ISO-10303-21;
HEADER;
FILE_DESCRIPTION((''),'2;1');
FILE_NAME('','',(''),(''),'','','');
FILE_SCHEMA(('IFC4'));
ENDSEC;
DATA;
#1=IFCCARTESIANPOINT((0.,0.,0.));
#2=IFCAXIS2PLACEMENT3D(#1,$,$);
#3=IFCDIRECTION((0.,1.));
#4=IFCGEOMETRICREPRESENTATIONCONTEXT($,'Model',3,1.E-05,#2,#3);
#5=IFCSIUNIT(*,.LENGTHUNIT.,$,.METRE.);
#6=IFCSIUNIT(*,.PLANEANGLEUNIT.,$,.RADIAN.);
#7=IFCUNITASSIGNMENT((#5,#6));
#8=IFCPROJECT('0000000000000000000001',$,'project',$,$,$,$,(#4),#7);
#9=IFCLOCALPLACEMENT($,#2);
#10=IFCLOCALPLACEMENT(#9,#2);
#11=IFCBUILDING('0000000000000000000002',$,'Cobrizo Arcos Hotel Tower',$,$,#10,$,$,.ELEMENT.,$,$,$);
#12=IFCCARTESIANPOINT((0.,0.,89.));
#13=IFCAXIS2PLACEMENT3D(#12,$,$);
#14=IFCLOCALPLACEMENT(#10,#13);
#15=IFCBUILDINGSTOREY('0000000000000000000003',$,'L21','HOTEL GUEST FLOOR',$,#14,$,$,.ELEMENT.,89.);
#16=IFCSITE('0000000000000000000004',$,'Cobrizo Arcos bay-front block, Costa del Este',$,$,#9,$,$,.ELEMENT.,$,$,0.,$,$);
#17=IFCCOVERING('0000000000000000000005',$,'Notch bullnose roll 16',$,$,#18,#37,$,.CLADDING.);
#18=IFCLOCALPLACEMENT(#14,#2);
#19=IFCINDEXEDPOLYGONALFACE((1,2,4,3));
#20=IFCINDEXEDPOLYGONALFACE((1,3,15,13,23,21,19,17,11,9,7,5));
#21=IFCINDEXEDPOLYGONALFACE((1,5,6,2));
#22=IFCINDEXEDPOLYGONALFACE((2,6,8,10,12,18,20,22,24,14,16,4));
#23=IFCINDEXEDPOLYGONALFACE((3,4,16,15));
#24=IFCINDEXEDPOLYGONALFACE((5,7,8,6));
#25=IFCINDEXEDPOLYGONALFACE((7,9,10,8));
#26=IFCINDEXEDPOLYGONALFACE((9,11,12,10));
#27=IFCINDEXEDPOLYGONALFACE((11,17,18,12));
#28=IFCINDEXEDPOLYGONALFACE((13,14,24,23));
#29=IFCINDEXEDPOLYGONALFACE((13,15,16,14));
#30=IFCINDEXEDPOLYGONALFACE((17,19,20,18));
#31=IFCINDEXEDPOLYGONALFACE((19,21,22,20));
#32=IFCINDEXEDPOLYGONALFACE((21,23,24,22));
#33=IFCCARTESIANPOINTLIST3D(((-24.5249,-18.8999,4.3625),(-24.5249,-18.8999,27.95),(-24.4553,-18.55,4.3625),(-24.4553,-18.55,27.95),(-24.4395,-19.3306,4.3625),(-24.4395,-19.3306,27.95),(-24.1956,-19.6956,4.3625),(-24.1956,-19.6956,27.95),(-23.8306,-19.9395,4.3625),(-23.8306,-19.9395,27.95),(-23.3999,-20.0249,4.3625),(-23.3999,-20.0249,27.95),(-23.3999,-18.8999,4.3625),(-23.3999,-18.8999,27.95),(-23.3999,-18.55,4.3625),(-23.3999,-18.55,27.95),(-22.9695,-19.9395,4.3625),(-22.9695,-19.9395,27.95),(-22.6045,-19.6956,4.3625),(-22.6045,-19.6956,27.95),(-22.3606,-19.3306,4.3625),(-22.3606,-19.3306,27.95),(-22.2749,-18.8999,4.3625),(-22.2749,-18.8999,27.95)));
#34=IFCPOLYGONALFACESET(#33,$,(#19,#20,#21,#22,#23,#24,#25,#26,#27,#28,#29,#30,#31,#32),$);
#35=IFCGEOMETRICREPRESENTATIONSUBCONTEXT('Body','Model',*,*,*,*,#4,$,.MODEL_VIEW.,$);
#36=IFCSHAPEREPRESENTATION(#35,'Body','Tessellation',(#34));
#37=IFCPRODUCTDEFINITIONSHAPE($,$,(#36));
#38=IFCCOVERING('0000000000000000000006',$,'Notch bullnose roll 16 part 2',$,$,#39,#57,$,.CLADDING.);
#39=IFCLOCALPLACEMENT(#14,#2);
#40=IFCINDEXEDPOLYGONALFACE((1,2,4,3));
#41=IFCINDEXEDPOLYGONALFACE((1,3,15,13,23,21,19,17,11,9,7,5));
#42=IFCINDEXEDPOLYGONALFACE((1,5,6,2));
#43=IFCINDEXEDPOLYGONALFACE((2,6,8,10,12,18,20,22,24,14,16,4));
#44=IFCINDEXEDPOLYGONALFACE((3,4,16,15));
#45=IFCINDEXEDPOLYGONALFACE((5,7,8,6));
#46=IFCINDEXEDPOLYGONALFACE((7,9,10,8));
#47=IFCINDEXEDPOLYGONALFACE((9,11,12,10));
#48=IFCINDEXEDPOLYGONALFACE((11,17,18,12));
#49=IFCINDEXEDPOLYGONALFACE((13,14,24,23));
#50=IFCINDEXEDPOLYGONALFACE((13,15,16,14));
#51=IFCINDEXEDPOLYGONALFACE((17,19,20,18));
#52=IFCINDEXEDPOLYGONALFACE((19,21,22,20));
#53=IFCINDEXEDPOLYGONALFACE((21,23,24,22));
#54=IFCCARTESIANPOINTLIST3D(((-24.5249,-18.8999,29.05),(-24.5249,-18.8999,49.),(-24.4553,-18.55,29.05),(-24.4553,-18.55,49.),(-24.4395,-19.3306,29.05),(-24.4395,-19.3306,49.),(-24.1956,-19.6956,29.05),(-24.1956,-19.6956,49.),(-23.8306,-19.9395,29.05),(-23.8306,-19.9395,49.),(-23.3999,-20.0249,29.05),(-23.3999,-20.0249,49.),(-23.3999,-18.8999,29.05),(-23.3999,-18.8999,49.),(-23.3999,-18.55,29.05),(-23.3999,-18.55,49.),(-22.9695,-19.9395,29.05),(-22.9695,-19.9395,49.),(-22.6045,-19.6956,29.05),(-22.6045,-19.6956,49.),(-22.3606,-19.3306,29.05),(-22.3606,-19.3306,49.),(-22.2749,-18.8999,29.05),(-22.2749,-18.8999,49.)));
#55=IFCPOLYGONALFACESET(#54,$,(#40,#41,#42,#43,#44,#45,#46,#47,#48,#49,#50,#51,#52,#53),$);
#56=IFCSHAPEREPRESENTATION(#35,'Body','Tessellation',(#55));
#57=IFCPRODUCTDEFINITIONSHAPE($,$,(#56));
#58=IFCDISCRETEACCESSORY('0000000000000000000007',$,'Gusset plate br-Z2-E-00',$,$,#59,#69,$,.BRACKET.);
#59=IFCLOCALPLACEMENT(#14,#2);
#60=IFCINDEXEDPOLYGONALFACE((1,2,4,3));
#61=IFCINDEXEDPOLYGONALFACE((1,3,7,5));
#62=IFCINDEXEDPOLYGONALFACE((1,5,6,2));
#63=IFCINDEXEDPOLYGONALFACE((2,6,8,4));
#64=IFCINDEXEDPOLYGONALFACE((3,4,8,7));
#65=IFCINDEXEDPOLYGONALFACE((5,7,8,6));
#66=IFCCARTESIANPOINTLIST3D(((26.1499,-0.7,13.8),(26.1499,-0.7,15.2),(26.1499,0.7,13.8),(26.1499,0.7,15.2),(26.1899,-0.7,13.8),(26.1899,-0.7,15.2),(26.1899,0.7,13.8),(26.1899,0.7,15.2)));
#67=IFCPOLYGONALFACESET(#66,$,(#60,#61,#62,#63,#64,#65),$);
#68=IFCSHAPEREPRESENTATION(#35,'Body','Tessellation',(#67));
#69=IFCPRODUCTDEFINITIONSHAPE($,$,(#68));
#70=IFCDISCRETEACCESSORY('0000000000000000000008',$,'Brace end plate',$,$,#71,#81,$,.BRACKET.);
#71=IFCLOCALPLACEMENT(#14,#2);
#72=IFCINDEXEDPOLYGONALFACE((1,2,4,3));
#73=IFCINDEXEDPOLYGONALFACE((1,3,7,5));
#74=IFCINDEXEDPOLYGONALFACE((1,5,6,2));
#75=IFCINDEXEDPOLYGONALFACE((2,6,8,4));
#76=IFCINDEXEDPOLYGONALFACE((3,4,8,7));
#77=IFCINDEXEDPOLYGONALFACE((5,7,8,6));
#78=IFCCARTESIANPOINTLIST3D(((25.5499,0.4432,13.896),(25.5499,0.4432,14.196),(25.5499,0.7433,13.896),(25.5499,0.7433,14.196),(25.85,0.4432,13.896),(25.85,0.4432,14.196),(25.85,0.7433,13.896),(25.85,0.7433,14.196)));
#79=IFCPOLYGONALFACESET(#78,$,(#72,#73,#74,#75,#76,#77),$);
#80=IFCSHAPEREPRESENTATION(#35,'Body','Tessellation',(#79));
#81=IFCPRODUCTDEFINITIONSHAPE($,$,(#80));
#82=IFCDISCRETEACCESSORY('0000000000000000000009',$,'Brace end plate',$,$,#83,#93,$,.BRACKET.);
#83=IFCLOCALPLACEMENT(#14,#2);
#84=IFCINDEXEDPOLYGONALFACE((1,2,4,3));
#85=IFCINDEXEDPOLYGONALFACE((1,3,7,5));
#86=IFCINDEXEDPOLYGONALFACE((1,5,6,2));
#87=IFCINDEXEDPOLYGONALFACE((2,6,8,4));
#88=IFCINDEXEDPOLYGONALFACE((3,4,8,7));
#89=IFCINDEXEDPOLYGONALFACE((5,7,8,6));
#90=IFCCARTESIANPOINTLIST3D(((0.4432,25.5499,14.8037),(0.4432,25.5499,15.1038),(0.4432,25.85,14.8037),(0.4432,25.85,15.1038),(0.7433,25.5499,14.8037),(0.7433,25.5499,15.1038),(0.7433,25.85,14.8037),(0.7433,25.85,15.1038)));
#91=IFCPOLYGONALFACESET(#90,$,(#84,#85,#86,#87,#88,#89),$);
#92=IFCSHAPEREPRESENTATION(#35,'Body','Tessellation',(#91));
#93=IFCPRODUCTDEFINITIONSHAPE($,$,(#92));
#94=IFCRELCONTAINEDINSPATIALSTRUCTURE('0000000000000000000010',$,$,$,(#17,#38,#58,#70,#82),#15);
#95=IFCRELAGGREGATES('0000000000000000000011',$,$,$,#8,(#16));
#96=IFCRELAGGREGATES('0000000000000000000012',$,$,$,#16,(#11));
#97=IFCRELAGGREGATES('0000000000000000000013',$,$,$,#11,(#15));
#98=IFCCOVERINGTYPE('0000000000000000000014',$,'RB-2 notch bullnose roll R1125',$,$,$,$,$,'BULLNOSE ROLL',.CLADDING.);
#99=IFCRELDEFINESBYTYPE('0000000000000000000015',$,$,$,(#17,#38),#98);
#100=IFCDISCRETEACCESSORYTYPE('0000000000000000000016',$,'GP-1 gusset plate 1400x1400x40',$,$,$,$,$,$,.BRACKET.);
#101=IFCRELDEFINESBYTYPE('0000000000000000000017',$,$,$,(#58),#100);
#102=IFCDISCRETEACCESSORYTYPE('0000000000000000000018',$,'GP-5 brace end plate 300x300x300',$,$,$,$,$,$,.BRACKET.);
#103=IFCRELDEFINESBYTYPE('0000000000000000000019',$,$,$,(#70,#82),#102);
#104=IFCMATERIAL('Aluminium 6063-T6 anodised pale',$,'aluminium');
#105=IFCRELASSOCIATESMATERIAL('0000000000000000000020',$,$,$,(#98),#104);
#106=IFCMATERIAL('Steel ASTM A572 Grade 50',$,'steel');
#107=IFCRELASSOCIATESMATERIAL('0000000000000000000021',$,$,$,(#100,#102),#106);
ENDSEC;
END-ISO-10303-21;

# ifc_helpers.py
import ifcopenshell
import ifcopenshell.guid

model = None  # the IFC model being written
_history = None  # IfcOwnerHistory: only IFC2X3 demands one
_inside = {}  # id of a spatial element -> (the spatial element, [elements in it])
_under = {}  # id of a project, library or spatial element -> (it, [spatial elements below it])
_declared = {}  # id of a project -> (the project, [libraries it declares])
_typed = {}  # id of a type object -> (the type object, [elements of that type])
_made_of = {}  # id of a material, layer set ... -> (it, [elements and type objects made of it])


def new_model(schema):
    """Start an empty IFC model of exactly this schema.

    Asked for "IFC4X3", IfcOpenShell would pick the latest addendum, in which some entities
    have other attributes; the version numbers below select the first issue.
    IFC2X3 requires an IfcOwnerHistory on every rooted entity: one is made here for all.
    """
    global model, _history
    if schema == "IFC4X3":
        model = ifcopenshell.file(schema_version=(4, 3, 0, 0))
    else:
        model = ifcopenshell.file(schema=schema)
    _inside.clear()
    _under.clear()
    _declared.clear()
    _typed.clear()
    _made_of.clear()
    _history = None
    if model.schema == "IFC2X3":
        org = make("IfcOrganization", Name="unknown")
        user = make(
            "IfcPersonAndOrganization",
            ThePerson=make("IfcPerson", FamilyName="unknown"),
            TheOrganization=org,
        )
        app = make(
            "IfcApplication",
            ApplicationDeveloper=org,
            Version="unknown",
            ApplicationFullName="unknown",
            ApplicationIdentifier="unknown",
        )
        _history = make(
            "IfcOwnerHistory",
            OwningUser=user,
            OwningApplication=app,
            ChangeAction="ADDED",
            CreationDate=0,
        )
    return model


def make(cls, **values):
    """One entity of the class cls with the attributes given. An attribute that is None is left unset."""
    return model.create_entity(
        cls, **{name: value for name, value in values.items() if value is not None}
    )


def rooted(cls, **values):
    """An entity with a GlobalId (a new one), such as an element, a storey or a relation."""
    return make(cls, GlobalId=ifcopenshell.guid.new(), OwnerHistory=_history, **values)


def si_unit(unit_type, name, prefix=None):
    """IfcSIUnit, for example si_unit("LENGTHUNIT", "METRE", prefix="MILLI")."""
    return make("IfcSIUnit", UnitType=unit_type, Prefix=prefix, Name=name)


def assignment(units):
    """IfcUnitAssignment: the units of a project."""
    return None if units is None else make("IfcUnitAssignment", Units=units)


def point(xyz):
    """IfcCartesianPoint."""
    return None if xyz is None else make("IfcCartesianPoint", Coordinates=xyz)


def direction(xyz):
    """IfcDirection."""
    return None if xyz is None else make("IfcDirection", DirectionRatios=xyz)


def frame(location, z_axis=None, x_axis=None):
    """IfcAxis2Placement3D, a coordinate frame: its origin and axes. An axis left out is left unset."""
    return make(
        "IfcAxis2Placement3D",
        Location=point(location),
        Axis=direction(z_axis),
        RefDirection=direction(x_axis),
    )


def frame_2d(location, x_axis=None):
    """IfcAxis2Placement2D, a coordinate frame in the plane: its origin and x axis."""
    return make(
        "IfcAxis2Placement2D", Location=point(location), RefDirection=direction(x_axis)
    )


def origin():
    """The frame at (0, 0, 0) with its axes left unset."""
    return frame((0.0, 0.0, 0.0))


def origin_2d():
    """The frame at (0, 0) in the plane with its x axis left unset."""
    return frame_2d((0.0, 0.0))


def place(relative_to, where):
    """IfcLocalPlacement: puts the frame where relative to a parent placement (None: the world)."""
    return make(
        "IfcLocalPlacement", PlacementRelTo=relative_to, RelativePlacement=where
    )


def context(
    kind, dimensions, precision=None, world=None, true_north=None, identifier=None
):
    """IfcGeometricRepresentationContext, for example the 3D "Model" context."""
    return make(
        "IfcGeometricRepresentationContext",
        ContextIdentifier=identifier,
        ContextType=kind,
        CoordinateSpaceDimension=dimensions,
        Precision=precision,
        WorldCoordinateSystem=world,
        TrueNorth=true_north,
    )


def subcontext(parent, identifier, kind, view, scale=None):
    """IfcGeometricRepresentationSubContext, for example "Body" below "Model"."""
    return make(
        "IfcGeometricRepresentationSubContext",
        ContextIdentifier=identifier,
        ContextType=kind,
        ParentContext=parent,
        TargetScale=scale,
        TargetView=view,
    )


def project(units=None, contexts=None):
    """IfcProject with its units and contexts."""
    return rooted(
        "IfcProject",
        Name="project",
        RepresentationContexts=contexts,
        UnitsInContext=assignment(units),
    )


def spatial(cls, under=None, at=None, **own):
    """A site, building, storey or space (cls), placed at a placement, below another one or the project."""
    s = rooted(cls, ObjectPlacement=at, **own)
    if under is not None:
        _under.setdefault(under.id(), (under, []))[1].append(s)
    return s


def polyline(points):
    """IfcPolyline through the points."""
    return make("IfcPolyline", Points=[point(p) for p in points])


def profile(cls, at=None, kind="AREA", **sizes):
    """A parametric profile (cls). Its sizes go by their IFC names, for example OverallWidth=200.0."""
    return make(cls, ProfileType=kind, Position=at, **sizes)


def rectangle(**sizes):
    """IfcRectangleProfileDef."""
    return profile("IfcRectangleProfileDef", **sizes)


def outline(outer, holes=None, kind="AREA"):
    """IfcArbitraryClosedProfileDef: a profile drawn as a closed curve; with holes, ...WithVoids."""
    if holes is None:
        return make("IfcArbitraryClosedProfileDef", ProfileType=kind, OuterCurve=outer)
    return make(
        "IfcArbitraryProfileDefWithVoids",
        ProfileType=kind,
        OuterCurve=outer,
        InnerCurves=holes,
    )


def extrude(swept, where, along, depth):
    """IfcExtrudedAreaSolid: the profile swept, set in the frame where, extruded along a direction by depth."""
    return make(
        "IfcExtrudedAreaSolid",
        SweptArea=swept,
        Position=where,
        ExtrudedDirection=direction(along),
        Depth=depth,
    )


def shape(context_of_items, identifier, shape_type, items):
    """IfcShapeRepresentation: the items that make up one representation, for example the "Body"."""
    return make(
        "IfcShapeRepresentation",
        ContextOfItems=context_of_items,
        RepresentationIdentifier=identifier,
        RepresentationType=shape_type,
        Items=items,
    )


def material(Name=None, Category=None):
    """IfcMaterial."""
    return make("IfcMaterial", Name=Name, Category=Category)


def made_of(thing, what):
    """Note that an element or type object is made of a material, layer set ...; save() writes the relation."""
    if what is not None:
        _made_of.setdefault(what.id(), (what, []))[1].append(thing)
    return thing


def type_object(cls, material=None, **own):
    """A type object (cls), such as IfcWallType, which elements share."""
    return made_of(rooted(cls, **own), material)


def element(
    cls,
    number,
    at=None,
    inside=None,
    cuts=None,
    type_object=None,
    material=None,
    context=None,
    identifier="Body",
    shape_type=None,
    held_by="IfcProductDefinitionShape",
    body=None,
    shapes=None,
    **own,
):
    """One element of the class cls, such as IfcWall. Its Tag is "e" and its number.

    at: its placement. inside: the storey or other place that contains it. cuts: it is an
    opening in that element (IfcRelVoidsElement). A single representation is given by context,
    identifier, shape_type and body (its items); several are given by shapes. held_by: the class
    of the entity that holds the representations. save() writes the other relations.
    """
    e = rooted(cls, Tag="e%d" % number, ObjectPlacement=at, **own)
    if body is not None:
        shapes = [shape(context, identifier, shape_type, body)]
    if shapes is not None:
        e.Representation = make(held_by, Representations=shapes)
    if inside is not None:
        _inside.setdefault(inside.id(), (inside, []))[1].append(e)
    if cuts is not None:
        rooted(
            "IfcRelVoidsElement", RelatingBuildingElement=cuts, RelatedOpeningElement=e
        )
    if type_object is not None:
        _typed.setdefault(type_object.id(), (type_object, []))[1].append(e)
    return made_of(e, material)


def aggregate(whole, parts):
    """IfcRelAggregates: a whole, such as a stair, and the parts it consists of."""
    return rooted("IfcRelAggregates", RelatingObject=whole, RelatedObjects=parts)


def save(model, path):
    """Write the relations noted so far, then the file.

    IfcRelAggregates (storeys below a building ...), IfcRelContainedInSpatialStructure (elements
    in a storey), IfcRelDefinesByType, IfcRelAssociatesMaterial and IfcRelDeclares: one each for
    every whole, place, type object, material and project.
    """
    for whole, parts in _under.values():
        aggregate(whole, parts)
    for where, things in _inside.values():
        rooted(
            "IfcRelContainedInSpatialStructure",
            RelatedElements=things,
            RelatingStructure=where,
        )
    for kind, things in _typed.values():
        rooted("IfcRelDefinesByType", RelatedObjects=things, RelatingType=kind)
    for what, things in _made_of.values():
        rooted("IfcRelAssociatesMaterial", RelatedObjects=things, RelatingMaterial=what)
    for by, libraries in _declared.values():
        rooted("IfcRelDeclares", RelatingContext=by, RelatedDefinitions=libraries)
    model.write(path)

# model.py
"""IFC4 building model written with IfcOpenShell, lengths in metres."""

from ifc_helpers import new_model, si_unit, direction, frame, origin, origin_2d, place, context, subcontext, project, spatial, polyline, rectangle, outline, extrude, material, type_object, element, save


model = new_model("IFC4")

# Units and contexts
model_context = context("Model", 3, precision=1e-05, world=origin(), true_north=direction((0.0, 1.0)))
body_context = subcontext(model_context, "Body", "Model", "MODEL_VIEW")
ifc_project = project(units=[si_unit("LENGTHUNIT", "METRE"), si_unit("PLANEANGLEUNIT", "RADIAN")], contexts=[model_context])

# Site, building, storey
site_placement = place(None, origin())
site = spatial("IfcSite", under=ifc_project, at=site_placement, Name="Cobrizo Arcos bay-front block, Costa del Este", CompositionType="ELEMENT", RefElevation=0.0)
building_placement = place(site_placement, origin())
building = spatial("IfcBuilding", under=site, at=building_placement, Name="Cobrizo Arcos Hotel Tower", CompositionType="ELEMENT")
storey_placement = place(building_placement, frame((0.0, 0.0, 89.0)))
storey = spatial("IfcBuildingStorey", under=building, at=storey_placement, Name="L21", Description="HOTEL GUEST FLOOR", CompositionType="ELEMENT", Elevation=89.0)

# Shared definitions
ifc_material_1 = material(Name="Steel ASTM A572 Grade 50", Category="steel")

# Coverings
ifc_material_2 = material(Name="Aluminium 6063-T6 anodised pale", Category="aluminium")
covering_type = type_object("IfcCoveringType", Name="RB-2 notch bullnose roll R1125", ElementType="BULLNOSE ROLL", PredefinedType="CLADDING", material=ifc_material_2)
covering_1_placement = place(storey_placement, frame((0.0, 0.0, 4.3625)))
element("IfcCovering", 1, at=covering_1_placement, inside=storey, type_object=covering_type, Name="Notch bullnose roll 16", PredefinedType="CLADDING", context=body_context, shape_type="SweptSolid", body=[
    extrude(outline(polyline([(-22.6045, -19.6956), (-22.3606, -19.3306), (-22.2749, -18.8999), (-23.3999, -18.8999), (-23.3999, -18.55), (-24.4553, -18.55), (-24.5249, -18.8999), (-24.4395, -19.3306), (-24.1956, -19.6956), (-23.8306, -19.9395), (-23.3999, -20.0249), (-22.9695, -19.9395), (-22.6045, -19.6956)])), origin(), (0.0, 0.0, 1.0), 23.5874),
])
covering_2_placement = place(storey_placement, frame((0.0, 0.0, 29.05)))
element("IfcCovering", 2, at=covering_2_placement, inside=storey, type_object=covering_type, Name="Notch bullnose roll 16 part 2", PredefinedType="CLADDING", context=body_context, shape_type="SweptSolid", body=[
    extrude(outline(polyline([(-22.6045, -19.6956), (-22.3606, -19.3306), (-22.2749, -18.8999), (-23.3999, -18.8999), (-23.3999, -18.55), (-24.4553, -18.55), (-24.5249, -18.8999), (-24.4395, -19.3306), (-24.1956, -19.6956), (-23.8306, -19.9395), (-23.3999, -20.0249), (-22.9695, -19.9395), (-22.6045, -19.6956)])), origin(), (0.0, 0.0, 1.0), 19.95),
])

# Discrete accessories
discrete_accessory_type_1 = type_object("IfcDiscreteAccessoryType", Name="GP-1 gusset plate 1400x1400x40", PredefinedType="BRACKET", material=ifc_material_1)
discrete_accessory_placement = place(storey_placement, frame((26.1699, 0.0, 13.8), z_axis=(0.0, 0.0, 1.0), x_axis=(1.0, 0.0, 0.0)))
element("IfcDiscreteAccessory", 3, at=discrete_accessory_placement, inside=storey, type_object=discrete_accessory_type_1, Name="Gusset plate br-Z2-E-00", PredefinedType="BRACKET", context=body_context, shape_type="SweptSolid", body=[
    extrude(rectangle(XDim=0.04, YDim=1.3999, at=origin_2d()), origin(), (0.0, 0.0, 1.0), 1.3999),
])
discrete_accessory_type_2 = type_object("IfcDiscreteAccessoryType", Name="GP-5 brace end plate 300x300x300", PredefinedType="BRACKET", material=ifc_material_1)
for number, where, z_axis, x_axis, name in (
    (4, (25.7, 0.5933, 13.896), (0.0, 0.0, 1.0), (1.0, 0.0, 0.0), "Brace end plate"),
    (5, (0.5933, 25.7, 14.8037), (0.0, 0.0, 1.0), (1.0, 0.0, 0.0), "Brace end plate"),
):
    element("IfcDiscreteAccessory", number, at=place(storey_placement, frame(where, z_axis=z_axis, x_axis=x_axis)), inside=storey, type_object=discrete_accessory_type_2, Name=name, PredefinedType="BRACKET", context=body_context, shape_type="SweptSolid", body=[
        extrude(rectangle(XDim=0.3, YDim=0.3, at=origin_2d()), origin(), (0.0, 0.0, 1.0), 0.3),
    ])

save(model, "model.ifc")
